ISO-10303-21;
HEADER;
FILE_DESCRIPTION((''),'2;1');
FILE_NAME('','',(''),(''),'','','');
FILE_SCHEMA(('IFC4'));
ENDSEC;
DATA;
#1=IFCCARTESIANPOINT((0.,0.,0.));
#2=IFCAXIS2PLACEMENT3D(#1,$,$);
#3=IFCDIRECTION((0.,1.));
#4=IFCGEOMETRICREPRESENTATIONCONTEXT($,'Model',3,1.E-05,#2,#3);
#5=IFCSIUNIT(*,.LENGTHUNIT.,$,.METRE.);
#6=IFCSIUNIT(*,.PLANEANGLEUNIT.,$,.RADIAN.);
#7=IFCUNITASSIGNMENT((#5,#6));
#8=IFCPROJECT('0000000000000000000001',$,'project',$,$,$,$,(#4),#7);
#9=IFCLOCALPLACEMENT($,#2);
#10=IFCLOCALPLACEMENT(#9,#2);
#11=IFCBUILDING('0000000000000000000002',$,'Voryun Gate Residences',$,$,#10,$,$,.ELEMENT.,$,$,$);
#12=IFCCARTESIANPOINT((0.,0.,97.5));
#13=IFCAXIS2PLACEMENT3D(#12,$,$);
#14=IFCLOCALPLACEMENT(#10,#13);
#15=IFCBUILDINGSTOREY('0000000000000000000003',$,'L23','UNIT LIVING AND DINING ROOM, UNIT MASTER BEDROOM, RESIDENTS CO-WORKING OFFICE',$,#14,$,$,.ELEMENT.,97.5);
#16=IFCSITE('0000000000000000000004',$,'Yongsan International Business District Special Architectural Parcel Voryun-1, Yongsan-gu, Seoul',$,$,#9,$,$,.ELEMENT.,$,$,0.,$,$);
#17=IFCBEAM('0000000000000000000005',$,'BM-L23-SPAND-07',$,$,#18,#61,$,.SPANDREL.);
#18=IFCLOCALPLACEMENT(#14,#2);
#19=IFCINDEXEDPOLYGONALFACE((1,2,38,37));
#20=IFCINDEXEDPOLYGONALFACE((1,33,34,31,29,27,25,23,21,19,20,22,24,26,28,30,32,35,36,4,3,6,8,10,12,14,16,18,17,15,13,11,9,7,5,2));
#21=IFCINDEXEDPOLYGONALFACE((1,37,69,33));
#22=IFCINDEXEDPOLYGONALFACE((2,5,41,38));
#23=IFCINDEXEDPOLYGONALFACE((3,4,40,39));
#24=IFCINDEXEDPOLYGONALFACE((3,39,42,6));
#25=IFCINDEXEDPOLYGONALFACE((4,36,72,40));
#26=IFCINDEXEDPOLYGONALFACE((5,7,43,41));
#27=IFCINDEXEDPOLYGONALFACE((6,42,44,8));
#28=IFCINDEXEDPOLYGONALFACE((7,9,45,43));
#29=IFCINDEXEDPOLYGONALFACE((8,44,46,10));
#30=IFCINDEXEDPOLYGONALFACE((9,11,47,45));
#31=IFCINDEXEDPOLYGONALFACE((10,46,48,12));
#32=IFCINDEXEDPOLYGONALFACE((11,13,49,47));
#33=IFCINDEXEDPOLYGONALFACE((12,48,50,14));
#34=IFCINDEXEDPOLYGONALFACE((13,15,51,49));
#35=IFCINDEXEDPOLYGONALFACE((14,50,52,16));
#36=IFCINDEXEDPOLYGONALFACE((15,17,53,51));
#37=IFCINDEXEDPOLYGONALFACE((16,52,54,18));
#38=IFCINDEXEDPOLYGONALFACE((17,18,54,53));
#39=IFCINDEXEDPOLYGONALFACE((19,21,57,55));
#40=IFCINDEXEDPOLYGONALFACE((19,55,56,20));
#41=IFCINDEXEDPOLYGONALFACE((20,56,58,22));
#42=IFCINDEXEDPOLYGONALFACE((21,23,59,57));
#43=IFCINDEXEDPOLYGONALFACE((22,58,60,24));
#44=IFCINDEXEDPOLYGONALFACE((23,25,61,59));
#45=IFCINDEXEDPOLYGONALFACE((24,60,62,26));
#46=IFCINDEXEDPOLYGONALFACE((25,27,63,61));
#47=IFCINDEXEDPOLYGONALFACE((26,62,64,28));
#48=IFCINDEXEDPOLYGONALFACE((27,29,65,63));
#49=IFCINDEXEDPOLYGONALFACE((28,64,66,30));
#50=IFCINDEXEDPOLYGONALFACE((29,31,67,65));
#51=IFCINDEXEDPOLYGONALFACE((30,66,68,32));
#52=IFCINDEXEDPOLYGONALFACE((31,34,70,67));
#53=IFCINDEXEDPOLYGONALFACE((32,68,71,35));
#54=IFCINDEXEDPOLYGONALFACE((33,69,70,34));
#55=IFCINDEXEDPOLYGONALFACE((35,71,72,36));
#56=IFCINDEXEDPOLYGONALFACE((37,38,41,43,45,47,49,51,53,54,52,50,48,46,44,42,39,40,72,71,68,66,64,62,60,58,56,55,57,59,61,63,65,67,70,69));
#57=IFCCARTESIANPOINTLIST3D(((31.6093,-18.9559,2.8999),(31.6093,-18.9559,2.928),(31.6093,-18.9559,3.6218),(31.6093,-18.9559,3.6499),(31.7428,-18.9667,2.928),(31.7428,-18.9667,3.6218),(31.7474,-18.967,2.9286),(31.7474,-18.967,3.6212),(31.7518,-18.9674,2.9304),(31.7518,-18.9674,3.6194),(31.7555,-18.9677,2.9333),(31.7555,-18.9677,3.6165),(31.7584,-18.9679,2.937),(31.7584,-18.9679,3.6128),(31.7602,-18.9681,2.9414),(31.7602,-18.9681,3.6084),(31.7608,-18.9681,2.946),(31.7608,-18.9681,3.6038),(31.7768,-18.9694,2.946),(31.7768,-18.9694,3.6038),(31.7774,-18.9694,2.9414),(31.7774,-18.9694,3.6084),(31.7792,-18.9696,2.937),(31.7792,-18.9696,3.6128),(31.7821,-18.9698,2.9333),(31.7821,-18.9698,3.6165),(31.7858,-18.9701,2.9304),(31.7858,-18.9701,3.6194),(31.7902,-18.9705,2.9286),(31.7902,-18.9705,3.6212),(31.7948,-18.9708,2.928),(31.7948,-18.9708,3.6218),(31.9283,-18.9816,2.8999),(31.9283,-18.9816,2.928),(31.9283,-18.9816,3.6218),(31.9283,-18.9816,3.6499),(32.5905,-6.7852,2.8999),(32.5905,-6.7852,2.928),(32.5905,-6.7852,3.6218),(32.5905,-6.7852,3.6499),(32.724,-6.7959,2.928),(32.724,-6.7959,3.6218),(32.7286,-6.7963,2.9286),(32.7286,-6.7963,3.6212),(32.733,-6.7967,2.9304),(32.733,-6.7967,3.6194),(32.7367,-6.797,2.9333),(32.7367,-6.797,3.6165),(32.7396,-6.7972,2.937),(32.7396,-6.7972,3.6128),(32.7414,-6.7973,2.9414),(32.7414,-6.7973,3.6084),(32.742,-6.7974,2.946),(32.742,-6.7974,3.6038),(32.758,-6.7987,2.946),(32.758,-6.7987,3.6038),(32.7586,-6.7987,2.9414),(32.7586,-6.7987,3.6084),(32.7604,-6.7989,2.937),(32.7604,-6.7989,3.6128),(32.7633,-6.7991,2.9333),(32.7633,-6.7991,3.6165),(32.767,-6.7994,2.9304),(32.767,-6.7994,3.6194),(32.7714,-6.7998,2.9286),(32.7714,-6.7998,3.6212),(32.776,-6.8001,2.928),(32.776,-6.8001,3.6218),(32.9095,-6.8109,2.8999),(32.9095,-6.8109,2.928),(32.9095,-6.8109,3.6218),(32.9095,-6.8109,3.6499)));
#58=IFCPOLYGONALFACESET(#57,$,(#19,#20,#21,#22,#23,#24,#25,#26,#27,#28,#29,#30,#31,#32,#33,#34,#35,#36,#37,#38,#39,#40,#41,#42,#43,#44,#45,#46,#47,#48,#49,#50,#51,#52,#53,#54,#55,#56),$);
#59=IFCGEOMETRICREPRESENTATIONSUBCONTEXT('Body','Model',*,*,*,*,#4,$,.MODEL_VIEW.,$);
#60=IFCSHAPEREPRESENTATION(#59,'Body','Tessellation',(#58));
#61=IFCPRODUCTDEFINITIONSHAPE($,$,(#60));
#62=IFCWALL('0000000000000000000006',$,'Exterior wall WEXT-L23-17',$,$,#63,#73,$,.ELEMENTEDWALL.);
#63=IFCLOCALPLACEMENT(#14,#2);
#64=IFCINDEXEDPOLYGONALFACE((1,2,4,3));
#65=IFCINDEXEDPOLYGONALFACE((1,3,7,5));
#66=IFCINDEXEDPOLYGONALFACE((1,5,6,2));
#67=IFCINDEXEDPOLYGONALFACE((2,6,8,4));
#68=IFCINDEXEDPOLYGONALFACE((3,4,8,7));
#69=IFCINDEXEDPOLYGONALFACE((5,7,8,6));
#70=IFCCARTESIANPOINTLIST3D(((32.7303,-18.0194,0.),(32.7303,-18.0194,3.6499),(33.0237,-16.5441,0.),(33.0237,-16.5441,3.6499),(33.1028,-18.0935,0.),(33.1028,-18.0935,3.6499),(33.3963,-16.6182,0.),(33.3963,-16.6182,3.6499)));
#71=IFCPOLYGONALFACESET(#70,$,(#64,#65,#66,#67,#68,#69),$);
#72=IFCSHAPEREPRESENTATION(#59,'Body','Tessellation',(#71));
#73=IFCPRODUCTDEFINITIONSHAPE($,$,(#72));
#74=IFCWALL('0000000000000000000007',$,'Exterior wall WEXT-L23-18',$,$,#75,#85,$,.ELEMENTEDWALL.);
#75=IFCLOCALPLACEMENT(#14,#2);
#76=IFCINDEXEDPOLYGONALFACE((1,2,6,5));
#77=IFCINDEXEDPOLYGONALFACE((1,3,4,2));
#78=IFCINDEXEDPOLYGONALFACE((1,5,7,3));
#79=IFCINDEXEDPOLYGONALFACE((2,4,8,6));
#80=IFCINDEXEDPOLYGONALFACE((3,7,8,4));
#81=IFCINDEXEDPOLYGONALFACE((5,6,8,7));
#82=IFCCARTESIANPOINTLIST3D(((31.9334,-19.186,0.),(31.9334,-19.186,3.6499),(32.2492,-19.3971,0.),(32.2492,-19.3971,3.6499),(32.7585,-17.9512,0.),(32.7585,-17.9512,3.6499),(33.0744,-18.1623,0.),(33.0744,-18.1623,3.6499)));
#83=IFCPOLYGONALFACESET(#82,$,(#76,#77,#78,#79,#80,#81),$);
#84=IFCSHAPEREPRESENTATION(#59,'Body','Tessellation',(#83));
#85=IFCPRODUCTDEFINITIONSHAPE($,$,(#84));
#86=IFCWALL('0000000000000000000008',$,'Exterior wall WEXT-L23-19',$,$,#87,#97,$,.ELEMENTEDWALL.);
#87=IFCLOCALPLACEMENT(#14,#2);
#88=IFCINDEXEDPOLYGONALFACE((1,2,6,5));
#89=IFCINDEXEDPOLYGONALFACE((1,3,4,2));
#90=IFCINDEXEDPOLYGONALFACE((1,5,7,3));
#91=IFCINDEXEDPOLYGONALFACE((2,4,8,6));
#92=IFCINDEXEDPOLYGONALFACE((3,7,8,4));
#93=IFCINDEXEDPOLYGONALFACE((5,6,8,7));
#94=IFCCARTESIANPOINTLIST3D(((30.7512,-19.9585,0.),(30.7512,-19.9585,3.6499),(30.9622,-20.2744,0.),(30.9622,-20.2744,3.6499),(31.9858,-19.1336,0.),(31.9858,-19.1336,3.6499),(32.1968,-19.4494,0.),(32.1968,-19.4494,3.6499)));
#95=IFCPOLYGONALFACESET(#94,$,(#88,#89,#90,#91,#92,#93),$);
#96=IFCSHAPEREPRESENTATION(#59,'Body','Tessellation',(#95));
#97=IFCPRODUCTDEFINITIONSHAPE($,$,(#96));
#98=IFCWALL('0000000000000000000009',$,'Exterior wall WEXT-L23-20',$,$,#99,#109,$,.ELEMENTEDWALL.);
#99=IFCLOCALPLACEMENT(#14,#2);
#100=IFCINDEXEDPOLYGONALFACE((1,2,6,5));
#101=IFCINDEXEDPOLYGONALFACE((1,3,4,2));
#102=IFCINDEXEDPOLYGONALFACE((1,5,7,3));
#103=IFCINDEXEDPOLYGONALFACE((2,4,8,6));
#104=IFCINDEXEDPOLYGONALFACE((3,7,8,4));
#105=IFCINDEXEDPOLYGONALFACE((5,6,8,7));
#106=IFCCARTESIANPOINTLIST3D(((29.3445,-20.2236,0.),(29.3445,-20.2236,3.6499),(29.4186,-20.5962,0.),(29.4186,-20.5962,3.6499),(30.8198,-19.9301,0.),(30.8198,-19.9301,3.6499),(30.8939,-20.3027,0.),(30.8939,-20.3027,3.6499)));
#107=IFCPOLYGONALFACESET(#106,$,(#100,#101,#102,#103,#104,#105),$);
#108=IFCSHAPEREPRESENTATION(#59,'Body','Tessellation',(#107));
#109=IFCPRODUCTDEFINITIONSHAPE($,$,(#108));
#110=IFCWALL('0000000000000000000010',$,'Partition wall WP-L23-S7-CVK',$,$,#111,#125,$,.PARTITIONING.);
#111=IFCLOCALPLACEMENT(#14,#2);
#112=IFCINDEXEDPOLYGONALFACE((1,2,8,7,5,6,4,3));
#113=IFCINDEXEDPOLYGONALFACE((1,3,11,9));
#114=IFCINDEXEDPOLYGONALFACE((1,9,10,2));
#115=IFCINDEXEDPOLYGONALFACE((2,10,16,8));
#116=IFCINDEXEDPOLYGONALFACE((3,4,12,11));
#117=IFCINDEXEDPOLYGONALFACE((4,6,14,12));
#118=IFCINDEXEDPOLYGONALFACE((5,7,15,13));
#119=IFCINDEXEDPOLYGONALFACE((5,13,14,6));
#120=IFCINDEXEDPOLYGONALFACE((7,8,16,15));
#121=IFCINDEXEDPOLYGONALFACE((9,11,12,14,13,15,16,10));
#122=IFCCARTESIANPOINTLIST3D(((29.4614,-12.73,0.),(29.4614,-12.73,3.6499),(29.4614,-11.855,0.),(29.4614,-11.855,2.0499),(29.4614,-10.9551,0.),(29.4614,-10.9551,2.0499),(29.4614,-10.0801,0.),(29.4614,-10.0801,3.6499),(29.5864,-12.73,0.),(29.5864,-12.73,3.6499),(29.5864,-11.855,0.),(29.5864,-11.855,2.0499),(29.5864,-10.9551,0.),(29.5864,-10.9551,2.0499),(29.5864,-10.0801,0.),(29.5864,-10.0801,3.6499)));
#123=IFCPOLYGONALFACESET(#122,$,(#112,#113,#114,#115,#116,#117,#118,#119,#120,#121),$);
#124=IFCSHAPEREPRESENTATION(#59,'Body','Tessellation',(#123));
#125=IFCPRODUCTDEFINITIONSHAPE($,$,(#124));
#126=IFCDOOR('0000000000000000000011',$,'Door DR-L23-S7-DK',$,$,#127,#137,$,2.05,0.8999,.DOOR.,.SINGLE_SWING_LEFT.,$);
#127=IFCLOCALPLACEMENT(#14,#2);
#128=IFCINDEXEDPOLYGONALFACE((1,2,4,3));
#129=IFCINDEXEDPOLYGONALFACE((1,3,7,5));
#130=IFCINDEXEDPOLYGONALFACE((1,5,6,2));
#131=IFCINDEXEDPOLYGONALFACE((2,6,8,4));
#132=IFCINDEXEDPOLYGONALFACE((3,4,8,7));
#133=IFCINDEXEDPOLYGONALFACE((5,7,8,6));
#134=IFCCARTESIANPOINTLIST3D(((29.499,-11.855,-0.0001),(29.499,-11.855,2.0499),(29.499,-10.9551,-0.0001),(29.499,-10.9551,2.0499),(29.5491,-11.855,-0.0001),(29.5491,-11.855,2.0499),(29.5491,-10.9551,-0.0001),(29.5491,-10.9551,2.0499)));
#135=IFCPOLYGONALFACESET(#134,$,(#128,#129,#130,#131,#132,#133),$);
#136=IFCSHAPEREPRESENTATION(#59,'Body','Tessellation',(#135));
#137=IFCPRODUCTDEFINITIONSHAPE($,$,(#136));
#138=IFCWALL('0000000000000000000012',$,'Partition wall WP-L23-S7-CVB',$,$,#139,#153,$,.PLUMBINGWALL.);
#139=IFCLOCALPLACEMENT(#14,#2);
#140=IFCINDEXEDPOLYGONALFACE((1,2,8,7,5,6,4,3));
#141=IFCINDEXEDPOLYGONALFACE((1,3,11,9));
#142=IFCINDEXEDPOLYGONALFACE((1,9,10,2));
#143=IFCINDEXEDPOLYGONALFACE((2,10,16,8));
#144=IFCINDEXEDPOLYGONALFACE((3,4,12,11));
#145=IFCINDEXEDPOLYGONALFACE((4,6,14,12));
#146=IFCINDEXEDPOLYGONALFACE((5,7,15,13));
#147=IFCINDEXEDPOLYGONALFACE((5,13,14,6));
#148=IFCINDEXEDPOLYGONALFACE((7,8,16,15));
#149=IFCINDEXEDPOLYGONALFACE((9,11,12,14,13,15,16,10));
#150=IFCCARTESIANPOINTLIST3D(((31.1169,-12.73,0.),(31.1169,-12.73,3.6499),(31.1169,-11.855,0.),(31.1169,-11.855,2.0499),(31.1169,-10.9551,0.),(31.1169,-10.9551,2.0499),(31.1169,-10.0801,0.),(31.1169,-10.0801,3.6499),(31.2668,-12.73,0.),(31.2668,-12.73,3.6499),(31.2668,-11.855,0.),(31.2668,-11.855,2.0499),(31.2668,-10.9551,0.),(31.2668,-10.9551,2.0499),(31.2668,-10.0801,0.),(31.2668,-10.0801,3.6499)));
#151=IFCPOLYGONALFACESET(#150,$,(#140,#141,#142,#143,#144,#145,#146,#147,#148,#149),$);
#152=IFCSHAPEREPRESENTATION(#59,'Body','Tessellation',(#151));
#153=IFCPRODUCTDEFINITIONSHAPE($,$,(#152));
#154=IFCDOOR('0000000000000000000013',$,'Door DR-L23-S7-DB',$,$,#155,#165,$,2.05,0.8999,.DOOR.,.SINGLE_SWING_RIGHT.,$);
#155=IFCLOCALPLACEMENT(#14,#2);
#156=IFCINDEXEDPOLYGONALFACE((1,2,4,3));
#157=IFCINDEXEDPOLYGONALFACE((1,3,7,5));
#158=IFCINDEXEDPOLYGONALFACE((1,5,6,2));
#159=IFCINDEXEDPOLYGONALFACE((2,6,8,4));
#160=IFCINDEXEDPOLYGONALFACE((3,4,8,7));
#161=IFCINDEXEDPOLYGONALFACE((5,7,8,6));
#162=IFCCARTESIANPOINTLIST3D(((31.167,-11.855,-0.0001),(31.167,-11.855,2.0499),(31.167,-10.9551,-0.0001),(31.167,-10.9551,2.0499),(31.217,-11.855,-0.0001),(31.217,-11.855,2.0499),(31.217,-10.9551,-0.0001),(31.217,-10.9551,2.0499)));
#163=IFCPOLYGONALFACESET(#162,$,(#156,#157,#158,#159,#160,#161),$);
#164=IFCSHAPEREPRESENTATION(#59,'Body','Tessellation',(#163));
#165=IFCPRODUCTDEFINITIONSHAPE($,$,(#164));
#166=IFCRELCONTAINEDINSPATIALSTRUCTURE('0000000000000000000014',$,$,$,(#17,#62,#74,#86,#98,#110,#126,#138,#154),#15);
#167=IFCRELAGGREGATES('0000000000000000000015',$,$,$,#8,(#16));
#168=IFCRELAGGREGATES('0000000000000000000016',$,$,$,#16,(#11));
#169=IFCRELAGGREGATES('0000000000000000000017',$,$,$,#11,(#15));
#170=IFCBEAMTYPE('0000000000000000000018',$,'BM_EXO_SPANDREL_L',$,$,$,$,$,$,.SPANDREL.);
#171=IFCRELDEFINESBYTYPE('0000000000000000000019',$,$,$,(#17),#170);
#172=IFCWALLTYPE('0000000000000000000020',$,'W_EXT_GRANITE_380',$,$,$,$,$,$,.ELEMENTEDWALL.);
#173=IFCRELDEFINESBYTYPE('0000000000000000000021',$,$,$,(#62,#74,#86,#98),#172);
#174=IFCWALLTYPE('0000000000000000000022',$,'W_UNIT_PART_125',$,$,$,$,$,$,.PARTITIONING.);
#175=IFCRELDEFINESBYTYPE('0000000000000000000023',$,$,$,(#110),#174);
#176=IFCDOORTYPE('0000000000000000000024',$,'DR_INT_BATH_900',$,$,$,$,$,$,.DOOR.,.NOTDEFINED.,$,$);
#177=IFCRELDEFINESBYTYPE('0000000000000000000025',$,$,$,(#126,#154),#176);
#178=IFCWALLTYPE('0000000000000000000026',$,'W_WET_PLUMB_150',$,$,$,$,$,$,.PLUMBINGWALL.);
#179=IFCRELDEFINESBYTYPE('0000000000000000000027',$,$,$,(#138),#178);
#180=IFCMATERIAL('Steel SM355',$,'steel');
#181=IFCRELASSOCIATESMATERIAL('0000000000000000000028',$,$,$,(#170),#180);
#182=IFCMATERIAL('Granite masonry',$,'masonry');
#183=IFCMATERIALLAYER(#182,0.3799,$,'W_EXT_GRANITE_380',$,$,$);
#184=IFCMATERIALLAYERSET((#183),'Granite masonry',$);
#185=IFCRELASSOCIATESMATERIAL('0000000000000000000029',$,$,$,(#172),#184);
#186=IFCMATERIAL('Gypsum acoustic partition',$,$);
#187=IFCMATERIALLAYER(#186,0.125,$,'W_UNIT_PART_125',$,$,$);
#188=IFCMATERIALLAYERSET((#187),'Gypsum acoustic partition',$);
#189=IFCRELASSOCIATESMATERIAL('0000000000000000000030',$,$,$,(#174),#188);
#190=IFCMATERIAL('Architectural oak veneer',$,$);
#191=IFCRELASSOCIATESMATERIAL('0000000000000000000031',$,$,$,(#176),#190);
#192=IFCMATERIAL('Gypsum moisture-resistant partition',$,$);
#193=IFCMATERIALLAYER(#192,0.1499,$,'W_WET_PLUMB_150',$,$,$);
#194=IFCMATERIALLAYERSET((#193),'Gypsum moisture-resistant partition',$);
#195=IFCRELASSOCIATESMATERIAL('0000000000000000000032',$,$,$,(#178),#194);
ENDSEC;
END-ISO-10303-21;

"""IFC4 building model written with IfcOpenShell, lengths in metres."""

from ifc_helpers import new_model, si_unit, direction, frame, frame_2d, origin, origin_2d, place, context, subcontext, project, spatial, rectangle, i_section, extrude, material, layer, layer_set, material_profile, profile_set, type_object, element, fill, save


model = new_model("IFC4")

# Units and contexts
model_context = context("Model", 3, precision=1e-05, world=origin(), true_north=direction((0.0, 1.0)))
body_context = subcontext(model_context, "Body", "Model", "MODEL_VIEW")
ifc_project = project(units=[si_unit("LENGTHUNIT", "METRE"), si_unit("PLANEANGLEUNIT", "RADIAN")], contexts=[model_context])

# Site, building, storey
site_placement = place(None, origin())
site = spatial("IfcSite", under=ifc_project, at=site_placement, Name="Yongsan International Business District Special Architectural Parcel Voryun-1, Yongsan-gu, Seoul", CompositionType="ELEMENT", RefElevation=0.0)
building_placement = place(site_placement, origin())
building = spatial("IfcBuilding", under=site, at=building_placement, Name="Voryun Gate Residences", CompositionType="ELEMENT")
storey_placement = place(building_placement, frame((0.0, 0.0, 97.5)))
storey = spatial("IfcBuildingStorey", under=building, at=storey_placement, Name="L23", Description="UNIT LIVING AND DINING ROOM, UNIT MASTER BEDROOM, RESIDENTS CO-WORKING OFFICE", CompositionType="ELEMENT", Elevation=97.5)

# Beam
ifc_material_1 = material(Name="Steel SM355", Category="steel")
ifc_material_profile_1 = material_profile(ifc_material_1, i_section(OverallWidth=0.3201, OverallDepth=0.75, WebThickness=0.0161, FlangeThickness=0.0281, FilletRadius=0.0181, at=origin_2d()), Name="H-750x320x16x28")
ifc_profile_set_1 = profile_set([ifc_material_profile_1], Name="Steel SM355")
beam_type = type_object("IfcBeamType", Name="BM_EXO_SPANDREL_L", PredefinedType="SPANDREL", material=ifc_profile_set_1)
beam_1_placement = place(storey_placement, frame((31.7688, -18.9688, 3.2749), z_axis=(0.08036, 0.996766, 0.0), x_axis=(-0.996766, 0.08036, 0.0)))
element("IfcBeam", 1, at=beam_1_placement, inside=storey, type_object=beam_type, Name="BM-L23-SPAND-07", PredefinedType="SPANDREL", context=body_context, shape_type="SweptSolid", body=[
    extrude(i_section(OverallWidth=0.3201, OverallDepth=0.75, WebThickness=0.0161, FlangeThickness=0.0281, FilletRadius=0.0181, at=origin_2d()), origin(), (0.0, 0.0, 1.0), 12.2102),
])

# Walls
ifc_material_2 = material(Name="Granite masonry", Category="masonry")
ifc_layer_1 = layer(ifc_material_2, 0.3799, Name="W_EXT_GRANITE_380")
ifc_layer_set_1 = layer_set([ifc_layer_1], Name="Granite masonry")
wall_type_1 = type_object("IfcWallType", Name="W_EXT_GRANITE_380", PredefinedType="ELEMENTEDWALL", material=ifc_layer_set_1)
wall_1_placement = place(storey_placement, frame((33.21, -16.5813, 0.0), z_axis=(0.0, 0.0, 1.0), x_axis=(-0.195086, -0.980786, 0.0)))
element("IfcWall", 2, at=wall_1_placement, inside=storey, type_object=wall_type_1, Name="Exterior wall WEXT-L23-17", PredefinedType="ELEMENTEDWALL", context=body_context, shape_type="SweptSolid", body=[
    extrude(rectangle(XDim=1.5042, YDim=0.3799, at=frame_2d((0.752, 0.0))), origin(), (0.0, 0.0, 1.0), 3.6499),
])
wall_2_placement = place(storey_placement, frame((32.9165, -18.0566, 0.0), z_axis=(0.0, 0.0, 1.0), x_axis=(-0.55561, -0.831443, 0.0)))
element("IfcWall", 3, at=wall_2_placement, inside=storey, type_object=wall_type_1, Name="Exterior wall WEXT-L23-18", PredefinedType="ELEMENTEDWALL", context=body_context, shape_type="SweptSolid", body=[
    extrude(rectangle(XDim=1.4851, YDim=0.3799, at=frame_2d((0.7427, 0.0))), origin(), (0.0, 0.0, 1.0), 3.6499),
])
wall_3_placement = place(storey_placement, frame((32.0913, -19.2915, 0.0), z_axis=(0.0, 0.0, 1.0), x_axis=(-0.831468, -0.555573, 0.0)))
element("IfcWall", 4, at=wall_3_placement, inside=storey, type_object=wall_type_1, Name="Exterior wall WEXT-L23-19", PredefinedType="ELEMENTEDWALL", context=body_context, shape_type="SweptSolid", body=[
    extrude(rectangle(XDim=1.4849, YDim=0.3799, at=frame_2d((0.7424, 0.0))), origin(), (0.0, 0.0, 1.0), 3.6499),
])
wall_4_placement = place(storey_placement, frame((30.8567, -20.1165, 0.0), z_axis=(0.0, 0.0, 1.0), x_axis=(-0.980786, -0.195086, 0.0)))
element("IfcWall", 5, at=wall_4_placement, inside=storey, type_object=wall_type_1, Name="Exterior wall WEXT-L23-20", PredefinedType="ELEMENTEDWALL", context=body_context, shape_type="SweptSolid", body=[
    extrude(rectangle(XDim=1.5042, YDim=0.3799, at=frame_2d((0.752, 0.0))), origin(), (0.0, 0.0, 1.0), 3.6499),
])

# Walls, openings, doors
ifc_material_3 = material(Name="Gypsum acoustic partition")
ifc_layer_2 = layer(ifc_material_3, 0.125, Name="W_UNIT_PART_125")
ifc_layer_set_2 = layer_set([ifc_layer_2], Name="Gypsum acoustic partition")
wall_type_2 = type_object("IfcWallType", Name="W_UNIT_PART_125", PredefinedType="PARTITIONING", material=ifc_layer_set_2)
wall_5_placement = place(storey_placement, frame((29.5239, -12.73, 0.0), z_axis=(0.0, 0.0, 1.0), x_axis=(0.0, 1.0, 0.0)))
wall_5 = element("IfcWall", 6, at=wall_5_placement, inside=storey, type_object=wall_type_2, Name="Partition wall WP-L23-S7-CVK", PredefinedType="PARTITIONING", context=body_context, shape_type="SweptSolid", body=[
    extrude(rectangle(XDim=2.6499, YDim=0.125, at=frame_2d((1.325, 0.0))), origin(), (0.0, 0.0, 1.0), 3.6499),
])
opening_1_placement = place(wall_5_placement, frame((0.875, 0.0, 0.0)))
opening_1 = element("IfcOpeningElement", 7, at=opening_1_placement, cuts=wall_5, PredefinedType="OPENING", context=body_context, shape_type="SweptSolid", body=[
    extrude(rectangle(XDim=0.8999, YDim=2.05, at=frame_2d((0.45, 1.0249))), frame((0.0, 0.0725, 0.0), z_axis=(0.0, -1.0, 0.0), x_axis=(1.0, 0.0, 0.0)), (0.0, 0.0, 1.0), 0.145),
])
ifc_material_4 = material(Name="Architectural oak veneer")
door_type = type_object("IfcDoorType", Name="DR_INT_BATH_900", OperationType="NOTDEFINED", PredefinedType="DOOR", material=ifc_material_4)
door_1_placement = place(opening_1_placement, origin())
door_1 = element("IfcDoor", 8, at=door_1_placement, inside=storey, type_object=door_type, Name="Door DR-L23-S7-DK", OperationType="SINGLE_SWING_LEFT", OverallHeight=2.05, OverallWidth=0.8999, PredefinedType="DOOR", context=body_context, shape_type="SweptSolid", body=[
    extrude(rectangle(XDim=0.8999, YDim=2.05, at=frame_2d((0.45, 1.0249))), frame((0.0, 0.0249, 0.0), z_axis=(0.0, -1.0, 0.0), x_axis=(1.0, 0.0, 0.0)), (0.0, 0.0, 1.0), 0.05),
])
fill(opening_1, door_1)
ifc_material_5 = material(Name="Gypsum moisture-resistant partition")
ifc_layer_3 = layer(ifc_material_5, 0.1499, Name="W_WET_PLUMB_150")
ifc_layer_set_3 = layer_set([ifc_layer_3], Name="Gypsum moisture-resistant partition")
wall_type_3 = type_object("IfcWallType", Name="W_WET_PLUMB_150", PredefinedType="PLUMBINGWALL", material=ifc_layer_set_3)
wall_6_placement = place(storey_placement, frame((31.1919, -12.73, 0.0), z_axis=(0.0, 0.0, 1.0), x_axis=(0.0, 1.0, 0.0)))
wall_6 = element("IfcWall", 9, at=wall_6_placement, inside=storey, type_object=wall_type_3, Name="Partition wall WP-L23-S7-CVB", PredefinedType="PLUMBINGWALL", context=body_context, shape_type="SweptSolid", body=[
    extrude(rectangle(XDim=2.6499, YDim=0.1499, at=frame_2d((1.325, 0.0))), origin(), (0.0, 0.0, 1.0), 3.6499),
])
opening_2_placement = place(wall_6_placement, frame((0.875, 0.0, 0.0)))
opening_2 = element("IfcOpeningElement", 10, at=opening_2_placement, cuts=wall_6, PredefinedType="OPENING", context=body_context, shape_type="SweptSolid", body=[
    extrude(rectangle(XDim=0.8999, YDim=2.05, at=frame_2d((0.45, 1.0249))), frame((0.0, 0.085, 0.0), z_axis=(0.0, -1.0, 0.0), x_axis=(1.0, 0.0, 0.0)), (0.0, 0.0, 1.0), 0.1699),
])
door_2_placement = place(opening_2_placement, origin())
door_2 = element("IfcDoor", 11, at=door_2_placement, inside=storey, type_object=door_type, Name="Door DR-L23-S7-DB", OperationType="SINGLE_SWING_RIGHT", OverallHeight=2.05, OverallWidth=0.8999, PredefinedType="DOOR", context=body_context, shape_type="SweptSolid", body=[
    extrude(rectangle(XDim=0.8999, YDim=2.05, at=frame_2d((0.45, 1.0249))), frame((0.0, 0.0249, 0.0), z_axis=(0.0, -1.0, 0.0), x_axis=(1.0, 0.0, 0.0)), (0.0, 0.0, 1.0), 0.05),
])
fill(opening_2, door_2)

save(model, "model.ifc")
